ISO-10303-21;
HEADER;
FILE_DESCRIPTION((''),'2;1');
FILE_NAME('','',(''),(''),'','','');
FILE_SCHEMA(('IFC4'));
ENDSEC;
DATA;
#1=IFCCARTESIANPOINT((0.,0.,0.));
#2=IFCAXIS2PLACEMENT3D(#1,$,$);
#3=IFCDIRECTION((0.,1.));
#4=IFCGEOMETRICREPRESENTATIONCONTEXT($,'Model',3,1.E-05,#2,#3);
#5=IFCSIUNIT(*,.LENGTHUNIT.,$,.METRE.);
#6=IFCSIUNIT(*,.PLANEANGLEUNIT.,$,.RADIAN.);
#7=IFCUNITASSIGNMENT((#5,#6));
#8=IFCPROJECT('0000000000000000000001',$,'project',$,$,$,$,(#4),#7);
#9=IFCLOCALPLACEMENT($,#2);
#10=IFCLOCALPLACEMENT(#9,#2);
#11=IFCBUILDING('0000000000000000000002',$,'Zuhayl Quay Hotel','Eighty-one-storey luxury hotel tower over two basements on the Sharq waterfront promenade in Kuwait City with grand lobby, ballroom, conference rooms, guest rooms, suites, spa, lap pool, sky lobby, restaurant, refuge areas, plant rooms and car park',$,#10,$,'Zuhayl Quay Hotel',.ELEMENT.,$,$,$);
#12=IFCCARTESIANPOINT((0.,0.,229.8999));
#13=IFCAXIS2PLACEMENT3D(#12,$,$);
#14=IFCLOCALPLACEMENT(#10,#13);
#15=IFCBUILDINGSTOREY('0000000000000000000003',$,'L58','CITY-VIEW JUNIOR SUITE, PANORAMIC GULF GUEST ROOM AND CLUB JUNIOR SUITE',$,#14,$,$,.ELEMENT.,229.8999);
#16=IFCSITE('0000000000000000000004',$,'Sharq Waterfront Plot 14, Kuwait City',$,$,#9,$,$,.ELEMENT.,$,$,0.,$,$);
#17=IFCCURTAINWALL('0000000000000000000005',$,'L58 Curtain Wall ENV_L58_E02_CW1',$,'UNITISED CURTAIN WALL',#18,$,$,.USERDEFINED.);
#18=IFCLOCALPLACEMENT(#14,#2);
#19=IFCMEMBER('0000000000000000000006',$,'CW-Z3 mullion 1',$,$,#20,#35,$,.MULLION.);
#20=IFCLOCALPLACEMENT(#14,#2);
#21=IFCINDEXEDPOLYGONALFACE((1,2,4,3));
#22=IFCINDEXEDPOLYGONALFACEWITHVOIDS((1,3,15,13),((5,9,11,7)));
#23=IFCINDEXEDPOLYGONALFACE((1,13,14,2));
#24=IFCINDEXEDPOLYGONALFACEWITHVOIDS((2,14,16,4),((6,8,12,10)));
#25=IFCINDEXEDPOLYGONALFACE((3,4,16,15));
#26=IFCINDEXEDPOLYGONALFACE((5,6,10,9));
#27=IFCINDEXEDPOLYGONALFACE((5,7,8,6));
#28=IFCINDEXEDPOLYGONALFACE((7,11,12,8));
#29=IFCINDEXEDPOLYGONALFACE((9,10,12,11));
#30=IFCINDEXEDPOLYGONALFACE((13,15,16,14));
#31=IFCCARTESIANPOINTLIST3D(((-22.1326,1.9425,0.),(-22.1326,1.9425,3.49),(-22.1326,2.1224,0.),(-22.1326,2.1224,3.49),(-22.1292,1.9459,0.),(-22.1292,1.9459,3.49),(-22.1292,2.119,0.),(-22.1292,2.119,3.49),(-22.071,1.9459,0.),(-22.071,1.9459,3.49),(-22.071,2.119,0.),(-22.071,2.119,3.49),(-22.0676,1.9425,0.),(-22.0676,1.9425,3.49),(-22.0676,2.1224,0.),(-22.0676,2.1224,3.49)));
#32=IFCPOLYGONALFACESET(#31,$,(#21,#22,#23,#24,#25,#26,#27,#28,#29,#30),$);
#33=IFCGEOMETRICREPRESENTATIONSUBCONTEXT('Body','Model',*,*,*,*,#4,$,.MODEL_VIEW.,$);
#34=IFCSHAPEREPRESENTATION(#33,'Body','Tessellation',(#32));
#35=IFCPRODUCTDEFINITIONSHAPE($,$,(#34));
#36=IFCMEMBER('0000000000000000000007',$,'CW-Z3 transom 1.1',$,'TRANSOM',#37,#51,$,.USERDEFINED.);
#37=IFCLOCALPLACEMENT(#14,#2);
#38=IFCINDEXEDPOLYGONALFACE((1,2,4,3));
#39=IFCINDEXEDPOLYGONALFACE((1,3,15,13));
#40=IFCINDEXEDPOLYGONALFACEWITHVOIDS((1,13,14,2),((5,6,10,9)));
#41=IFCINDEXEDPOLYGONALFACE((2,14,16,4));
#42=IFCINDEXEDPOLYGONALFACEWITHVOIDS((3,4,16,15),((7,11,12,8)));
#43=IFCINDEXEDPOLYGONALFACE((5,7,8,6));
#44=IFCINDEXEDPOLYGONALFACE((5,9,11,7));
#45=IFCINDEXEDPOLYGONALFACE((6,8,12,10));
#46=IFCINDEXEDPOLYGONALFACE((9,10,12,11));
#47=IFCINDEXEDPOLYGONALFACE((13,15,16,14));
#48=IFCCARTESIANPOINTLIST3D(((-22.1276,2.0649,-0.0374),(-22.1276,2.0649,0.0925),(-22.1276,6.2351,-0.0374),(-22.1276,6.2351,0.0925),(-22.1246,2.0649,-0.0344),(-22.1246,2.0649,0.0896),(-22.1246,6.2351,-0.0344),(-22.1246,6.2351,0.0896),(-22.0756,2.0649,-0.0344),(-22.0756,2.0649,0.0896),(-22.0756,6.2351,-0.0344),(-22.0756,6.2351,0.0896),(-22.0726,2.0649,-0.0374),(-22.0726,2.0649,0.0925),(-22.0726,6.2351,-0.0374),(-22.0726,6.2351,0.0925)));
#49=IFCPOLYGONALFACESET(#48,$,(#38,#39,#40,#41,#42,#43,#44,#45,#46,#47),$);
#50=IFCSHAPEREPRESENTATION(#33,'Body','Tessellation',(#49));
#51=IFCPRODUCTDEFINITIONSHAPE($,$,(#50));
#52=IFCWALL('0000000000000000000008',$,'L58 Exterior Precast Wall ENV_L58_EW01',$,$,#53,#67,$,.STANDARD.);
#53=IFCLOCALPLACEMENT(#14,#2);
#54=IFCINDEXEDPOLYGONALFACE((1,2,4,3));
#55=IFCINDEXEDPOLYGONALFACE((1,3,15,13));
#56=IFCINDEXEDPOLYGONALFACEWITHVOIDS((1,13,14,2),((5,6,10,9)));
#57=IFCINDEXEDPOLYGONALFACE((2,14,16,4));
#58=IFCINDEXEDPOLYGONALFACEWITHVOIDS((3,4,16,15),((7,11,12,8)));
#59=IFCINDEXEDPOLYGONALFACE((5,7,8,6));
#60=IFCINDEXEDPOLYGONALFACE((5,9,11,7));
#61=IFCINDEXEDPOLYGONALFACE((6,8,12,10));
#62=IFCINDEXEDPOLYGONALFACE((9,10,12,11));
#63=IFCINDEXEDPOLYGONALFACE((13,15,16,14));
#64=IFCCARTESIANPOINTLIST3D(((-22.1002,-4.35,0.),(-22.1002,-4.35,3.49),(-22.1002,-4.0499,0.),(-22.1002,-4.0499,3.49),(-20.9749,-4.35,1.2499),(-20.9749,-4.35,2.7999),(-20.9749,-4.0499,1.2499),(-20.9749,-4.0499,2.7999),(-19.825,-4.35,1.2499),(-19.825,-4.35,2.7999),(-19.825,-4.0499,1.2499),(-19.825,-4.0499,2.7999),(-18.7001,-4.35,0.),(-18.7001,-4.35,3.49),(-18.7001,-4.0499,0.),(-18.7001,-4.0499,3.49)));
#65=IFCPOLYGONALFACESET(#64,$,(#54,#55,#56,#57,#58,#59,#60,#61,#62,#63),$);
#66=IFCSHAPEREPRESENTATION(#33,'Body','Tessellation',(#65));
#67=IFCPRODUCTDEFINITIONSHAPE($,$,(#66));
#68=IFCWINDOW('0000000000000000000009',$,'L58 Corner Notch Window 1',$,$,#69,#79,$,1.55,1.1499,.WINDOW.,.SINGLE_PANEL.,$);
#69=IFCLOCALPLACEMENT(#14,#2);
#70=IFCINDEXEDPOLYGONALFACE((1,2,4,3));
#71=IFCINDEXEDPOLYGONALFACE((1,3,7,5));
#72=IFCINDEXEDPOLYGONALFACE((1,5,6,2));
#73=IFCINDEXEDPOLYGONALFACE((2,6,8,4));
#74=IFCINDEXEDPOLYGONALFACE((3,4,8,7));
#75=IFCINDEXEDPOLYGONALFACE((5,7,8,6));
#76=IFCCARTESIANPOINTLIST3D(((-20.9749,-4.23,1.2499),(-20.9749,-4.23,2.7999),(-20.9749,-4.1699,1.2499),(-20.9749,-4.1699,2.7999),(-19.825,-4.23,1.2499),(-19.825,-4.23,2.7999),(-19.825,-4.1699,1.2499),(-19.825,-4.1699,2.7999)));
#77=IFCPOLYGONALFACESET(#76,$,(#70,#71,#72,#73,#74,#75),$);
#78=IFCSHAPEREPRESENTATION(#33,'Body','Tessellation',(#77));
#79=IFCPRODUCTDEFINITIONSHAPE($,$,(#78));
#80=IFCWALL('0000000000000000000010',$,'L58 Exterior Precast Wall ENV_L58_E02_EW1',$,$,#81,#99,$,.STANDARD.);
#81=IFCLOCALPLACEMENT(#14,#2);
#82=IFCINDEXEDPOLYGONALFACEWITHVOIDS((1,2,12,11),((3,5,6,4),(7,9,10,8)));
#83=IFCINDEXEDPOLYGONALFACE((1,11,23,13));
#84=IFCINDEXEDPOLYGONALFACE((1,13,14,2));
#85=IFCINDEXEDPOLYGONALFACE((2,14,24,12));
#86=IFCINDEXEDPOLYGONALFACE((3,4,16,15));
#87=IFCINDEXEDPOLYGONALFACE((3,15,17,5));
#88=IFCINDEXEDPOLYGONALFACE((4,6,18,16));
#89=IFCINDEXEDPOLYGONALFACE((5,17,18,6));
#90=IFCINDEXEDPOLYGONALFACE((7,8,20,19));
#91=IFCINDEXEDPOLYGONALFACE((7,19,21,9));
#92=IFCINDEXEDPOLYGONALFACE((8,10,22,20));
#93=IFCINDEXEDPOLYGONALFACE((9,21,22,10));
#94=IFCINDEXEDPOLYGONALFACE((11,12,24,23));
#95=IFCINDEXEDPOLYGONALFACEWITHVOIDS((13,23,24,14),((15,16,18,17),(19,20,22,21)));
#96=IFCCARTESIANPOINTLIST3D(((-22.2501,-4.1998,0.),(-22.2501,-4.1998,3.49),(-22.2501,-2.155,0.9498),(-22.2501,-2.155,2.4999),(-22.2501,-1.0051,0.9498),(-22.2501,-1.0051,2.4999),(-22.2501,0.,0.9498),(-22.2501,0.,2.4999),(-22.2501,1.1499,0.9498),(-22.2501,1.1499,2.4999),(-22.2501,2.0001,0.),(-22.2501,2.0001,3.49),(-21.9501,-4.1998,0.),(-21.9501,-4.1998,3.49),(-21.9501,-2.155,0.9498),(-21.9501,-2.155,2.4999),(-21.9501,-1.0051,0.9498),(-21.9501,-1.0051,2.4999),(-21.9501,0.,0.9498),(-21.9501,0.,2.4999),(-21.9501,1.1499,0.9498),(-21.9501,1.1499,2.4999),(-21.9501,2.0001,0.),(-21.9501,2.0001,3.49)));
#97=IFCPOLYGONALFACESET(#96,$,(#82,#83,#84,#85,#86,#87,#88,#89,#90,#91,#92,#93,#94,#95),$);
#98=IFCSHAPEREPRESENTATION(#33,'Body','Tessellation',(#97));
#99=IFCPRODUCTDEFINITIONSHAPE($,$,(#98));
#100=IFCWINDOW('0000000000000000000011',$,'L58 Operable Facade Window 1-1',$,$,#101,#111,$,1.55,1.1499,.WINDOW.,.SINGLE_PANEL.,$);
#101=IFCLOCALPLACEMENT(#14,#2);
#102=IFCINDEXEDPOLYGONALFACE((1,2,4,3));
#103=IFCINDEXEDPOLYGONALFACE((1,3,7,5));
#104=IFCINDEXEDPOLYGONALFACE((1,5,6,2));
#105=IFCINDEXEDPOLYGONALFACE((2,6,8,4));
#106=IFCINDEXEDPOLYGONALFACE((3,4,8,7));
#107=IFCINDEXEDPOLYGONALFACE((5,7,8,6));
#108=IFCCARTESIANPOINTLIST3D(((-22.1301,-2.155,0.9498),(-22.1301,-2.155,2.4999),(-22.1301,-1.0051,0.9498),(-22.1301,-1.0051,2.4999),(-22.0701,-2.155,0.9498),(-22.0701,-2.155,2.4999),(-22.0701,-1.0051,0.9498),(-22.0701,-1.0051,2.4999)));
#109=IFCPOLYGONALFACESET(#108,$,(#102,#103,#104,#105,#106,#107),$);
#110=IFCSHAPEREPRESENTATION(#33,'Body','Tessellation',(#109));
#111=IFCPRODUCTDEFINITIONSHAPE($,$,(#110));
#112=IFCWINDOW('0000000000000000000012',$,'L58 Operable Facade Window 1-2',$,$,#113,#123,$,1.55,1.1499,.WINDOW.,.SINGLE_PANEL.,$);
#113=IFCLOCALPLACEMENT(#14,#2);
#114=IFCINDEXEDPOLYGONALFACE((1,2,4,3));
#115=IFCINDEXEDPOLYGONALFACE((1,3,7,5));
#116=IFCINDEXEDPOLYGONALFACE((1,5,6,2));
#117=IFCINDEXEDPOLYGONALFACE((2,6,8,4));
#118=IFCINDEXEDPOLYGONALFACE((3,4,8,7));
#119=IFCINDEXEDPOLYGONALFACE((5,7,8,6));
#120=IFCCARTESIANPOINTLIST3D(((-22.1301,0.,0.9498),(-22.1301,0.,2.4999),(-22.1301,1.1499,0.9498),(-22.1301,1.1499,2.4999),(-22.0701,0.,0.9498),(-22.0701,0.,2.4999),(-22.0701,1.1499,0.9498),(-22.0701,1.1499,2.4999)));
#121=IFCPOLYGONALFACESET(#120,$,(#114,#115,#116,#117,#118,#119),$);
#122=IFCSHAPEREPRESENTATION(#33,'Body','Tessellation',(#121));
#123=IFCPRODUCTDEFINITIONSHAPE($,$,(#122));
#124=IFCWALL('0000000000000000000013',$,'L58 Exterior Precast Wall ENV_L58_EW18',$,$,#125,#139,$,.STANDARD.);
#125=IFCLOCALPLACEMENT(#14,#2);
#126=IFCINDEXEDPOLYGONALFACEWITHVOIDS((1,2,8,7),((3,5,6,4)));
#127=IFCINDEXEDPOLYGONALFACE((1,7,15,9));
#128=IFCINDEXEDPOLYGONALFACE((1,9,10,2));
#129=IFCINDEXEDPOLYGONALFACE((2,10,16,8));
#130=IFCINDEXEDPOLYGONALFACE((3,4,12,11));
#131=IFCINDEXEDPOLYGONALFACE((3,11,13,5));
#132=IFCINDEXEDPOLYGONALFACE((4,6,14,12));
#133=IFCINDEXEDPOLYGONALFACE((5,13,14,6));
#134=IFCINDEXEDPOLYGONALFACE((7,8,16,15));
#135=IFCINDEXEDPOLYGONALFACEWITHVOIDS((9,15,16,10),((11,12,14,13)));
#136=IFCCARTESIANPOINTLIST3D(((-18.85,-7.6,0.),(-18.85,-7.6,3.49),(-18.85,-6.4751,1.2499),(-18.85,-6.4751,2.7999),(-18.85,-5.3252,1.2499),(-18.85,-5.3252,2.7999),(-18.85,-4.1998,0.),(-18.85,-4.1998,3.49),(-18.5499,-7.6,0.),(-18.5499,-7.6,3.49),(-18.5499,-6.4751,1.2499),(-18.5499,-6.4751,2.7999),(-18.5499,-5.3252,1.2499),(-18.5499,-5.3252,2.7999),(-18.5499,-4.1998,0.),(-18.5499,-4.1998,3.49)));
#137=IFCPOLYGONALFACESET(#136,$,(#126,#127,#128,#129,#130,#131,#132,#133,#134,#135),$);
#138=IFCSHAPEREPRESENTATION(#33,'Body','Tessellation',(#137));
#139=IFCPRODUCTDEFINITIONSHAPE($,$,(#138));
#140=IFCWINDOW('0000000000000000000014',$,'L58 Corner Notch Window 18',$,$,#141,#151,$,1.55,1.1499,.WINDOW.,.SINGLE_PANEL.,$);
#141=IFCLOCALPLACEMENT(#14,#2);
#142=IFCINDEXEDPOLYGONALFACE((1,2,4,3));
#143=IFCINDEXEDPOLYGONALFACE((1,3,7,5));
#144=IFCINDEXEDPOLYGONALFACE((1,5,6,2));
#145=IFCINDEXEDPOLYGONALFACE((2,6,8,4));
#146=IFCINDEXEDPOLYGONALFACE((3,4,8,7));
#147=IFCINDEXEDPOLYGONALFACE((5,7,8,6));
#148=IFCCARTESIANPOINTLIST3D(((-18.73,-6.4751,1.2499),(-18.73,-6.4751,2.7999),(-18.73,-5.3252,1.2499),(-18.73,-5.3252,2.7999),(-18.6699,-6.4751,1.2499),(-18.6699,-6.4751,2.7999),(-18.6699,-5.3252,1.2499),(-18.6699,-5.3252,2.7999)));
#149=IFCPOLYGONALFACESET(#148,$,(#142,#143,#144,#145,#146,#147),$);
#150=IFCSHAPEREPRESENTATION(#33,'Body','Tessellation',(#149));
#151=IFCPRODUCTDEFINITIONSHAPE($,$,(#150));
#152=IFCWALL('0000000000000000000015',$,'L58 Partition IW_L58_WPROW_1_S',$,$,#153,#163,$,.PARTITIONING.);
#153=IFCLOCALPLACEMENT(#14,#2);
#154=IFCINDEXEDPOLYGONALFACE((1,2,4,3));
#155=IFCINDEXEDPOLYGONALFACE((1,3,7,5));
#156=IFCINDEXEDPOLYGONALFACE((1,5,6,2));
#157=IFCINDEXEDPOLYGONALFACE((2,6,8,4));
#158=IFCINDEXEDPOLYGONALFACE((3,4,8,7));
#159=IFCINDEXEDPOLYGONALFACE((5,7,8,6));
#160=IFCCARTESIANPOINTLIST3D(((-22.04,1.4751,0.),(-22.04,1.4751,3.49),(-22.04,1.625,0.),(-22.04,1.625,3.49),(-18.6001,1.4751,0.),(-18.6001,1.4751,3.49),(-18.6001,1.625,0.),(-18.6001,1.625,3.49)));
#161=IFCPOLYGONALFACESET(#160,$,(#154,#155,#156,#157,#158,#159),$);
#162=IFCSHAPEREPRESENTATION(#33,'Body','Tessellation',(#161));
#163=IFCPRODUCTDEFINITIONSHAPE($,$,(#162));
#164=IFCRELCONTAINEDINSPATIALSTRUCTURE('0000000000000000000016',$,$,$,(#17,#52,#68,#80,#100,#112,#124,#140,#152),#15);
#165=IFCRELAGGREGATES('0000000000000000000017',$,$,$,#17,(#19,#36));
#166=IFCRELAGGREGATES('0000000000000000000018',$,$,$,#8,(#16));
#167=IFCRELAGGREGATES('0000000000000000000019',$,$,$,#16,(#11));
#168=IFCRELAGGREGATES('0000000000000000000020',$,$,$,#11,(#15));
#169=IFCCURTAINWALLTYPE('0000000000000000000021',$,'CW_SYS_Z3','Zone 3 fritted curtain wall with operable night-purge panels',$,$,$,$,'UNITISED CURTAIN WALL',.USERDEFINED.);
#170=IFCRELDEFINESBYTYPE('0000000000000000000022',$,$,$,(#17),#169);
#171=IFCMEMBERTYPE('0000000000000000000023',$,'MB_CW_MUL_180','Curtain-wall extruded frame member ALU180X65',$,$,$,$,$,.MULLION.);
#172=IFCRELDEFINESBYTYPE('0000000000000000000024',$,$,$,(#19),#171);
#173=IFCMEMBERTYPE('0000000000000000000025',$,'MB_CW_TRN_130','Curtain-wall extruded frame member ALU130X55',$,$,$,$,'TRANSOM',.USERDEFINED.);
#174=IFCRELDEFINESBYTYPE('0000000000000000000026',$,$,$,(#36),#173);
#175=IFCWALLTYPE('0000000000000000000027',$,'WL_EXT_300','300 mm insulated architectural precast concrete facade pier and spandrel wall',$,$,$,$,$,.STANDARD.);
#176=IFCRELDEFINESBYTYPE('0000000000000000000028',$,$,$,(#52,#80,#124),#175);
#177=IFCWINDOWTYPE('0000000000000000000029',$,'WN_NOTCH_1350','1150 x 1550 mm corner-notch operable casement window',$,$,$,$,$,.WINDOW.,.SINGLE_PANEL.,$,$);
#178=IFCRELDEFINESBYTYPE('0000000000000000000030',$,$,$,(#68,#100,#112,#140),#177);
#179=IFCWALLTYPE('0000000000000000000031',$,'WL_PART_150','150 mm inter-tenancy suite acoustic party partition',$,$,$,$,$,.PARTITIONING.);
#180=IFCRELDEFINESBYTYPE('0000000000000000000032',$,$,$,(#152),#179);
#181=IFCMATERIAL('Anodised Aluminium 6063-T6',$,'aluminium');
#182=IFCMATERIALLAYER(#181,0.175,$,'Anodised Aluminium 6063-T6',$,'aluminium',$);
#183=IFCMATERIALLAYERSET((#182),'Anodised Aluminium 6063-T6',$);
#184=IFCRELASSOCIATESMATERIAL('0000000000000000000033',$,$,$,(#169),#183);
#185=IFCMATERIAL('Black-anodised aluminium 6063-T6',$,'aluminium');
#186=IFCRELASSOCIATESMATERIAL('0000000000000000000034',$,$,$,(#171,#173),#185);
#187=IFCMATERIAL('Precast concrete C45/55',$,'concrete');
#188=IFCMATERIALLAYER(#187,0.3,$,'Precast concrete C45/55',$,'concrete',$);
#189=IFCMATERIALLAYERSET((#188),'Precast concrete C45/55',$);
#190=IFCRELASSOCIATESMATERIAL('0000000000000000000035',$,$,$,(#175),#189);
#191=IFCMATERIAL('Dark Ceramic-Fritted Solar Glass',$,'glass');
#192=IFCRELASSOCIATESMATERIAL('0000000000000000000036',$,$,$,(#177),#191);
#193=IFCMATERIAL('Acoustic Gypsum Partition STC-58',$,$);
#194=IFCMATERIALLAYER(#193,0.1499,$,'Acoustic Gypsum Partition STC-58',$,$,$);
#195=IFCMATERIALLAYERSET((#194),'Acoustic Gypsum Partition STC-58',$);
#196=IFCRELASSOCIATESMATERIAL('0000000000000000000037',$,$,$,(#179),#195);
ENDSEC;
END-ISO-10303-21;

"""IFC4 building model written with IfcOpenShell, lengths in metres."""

from ifc_helpers import new_model, si_unit, direction, frame, frame_2d, origin, origin_2d, place, context, subcontext, project, spatial, rectangle, hollow_rectangle, extrude, material, layer, layer_set, material_profile, profile_set, type_object, element, fill, aggregate, save


model = new_model("IFC4")

# Units and contexts
model_context = context("Model", 3, precision=1e-05, world=origin(), true_north=direction((0.0, 1.0)))
body_context = subcontext(model_context, "Body", "Model", "MODEL_VIEW")
ifc_project = project(units=[si_unit("LENGTHUNIT", "METRE"), si_unit("PLANEANGLEUNIT", "RADIAN")], contexts=[model_context])

# Site, building, storey
site_placement = place(None, origin())
site = spatial("IfcSite", under=ifc_project, at=site_placement, Name="Sharq Waterfront Plot 14, Kuwait City", CompositionType="ELEMENT", RefElevation=0.0)
building_placement = place(site_placement, origin())
building = spatial("IfcBuilding", under=site, at=building_placement, Name="Zuhayl Quay Hotel", Description="Eighty-one-storey luxury hotel tower over two basements on the Sharq waterfront promenade in Kuwait City with grand lobby, ballroom, conference rooms, guest rooms, suites, spa, lap pool, sky lobby, restaurant, refuge areas, plant rooms and car park", LongName="Zuhayl Quay Hotel", CompositionType="ELEMENT")
storey_placement = place(building_placement, frame((0.0, 0.0, 229.8999)))
storey = spatial("IfcBuildingStorey", under=building, at=storey_placement, Name="L58", Description="CITY-VIEW JUNIOR SUITE, PANORAMIC GULF GUEST ROOM AND CLUB JUNIOR SUITE", CompositionType="ELEMENT", Elevation=229.8999)

# Curtain wall, members
ifc_material_1 = material(Name="Anodised Aluminium 6063-T6", Category="aluminium")
ifc_layer_1 = layer(ifc_material_1, 0.175, Name="Anodised Aluminium 6063-T6", Category="aluminium")
ifc_layer_set_1 = layer_set([ifc_layer_1], Name="Anodised Aluminium 6063-T6")
curtain_wall_type = type_object("IfcCurtainWallType", Name="CW_SYS_Z3", Description="Zone 3 fritted curtain wall with operable night-purge panels", ElementType="UNITISED CURTAIN WALL", PredefinedType="USERDEFINED", material=ifc_layer_set_1)
curtain_wall_placement = place(storey_placement, origin())
curtain_wall = element("IfcCurtainWall", 1, at=curtain_wall_placement, inside=storey, type_object=curtain_wall_type, Name="L58 Curtain Wall ENV_L58_E02_CW1", ObjectType="UNITISED CURTAIN WALL", PredefinedType="USERDEFINED")
ifc_material_2 = material(Name="Black-anodised aluminium 6063-T6", Category="aluminium")
ifc_material_profile_1 = material_profile(ifc_material_2, hollow_rectangle(XDim=0.0649, YDim=0.1799, WallThickness=0.0034, at=origin_2d()), Name="ALU180X65")
ifc_profile_set_1 = profile_set([ifc_material_profile_1], Name="Black-anodised aluminium 6063-T6")
member_type_1 = type_object("IfcMemberType", Name="MB_CW_MUL_180", Description="Curtain-wall extruded frame member ALU180X65", PredefinedType="MULLION", material=ifc_profile_set_1)
member_1_placement = place(storey_placement, frame((-22.1001, 2.0325, 0.0), z_axis=(0.0, 0.0, 1.0), x_axis=(-1.0, 0.0, 0.0)))
member_1 = element("IfcMember", 2, at=member_1_placement, type_object=member_type_1, Name="CW-Z3 mullion 1", PredefinedType="MULLION", context=body_context, shape_type="SweptSolid", body=[
    extrude(hollow_rectangle(XDim=0.0649, YDim=0.1799, WallThickness=0.0034, at=origin_2d()), origin(), (0.0, 0.0, 1.0), 3.49),
])
ifc_material_profile_2 = material_profile(ifc_material_2, hollow_rectangle(XDim=0.0549, YDim=0.1299, WallThickness=0.0029, at=origin_2d()), Name="ALU130X55")
ifc_profile_set_2 = profile_set([ifc_material_profile_2], Name="Black-anodised aluminium 6063-T6")
member_type_2 = type_object("IfcMemberType", Name="MB_CW_TRN_130", Description="Curtain-wall extruded frame member ALU130X55", ElementType="TRANSOM", PredefinedType="USERDEFINED", material=ifc_profile_set_2)
member_2_placement = place(storey_placement, frame((-22.1001, 2.0649, 0.0276), z_axis=(0.0, 1.0, 0.0), x_axis=(-1.0, 0.0, 0.0)))
member_2 = element("IfcMember", 3, at=member_2_placement, type_object=member_type_2, Name="CW-Z3 transom 1.1", ObjectType="TRANSOM", PredefinedType="USERDEFINED", context=body_context, shape_type="SweptSolid", body=[
    extrude(hollow_rectangle(XDim=0.0549, YDim=0.1299, WallThickness=0.0029, at=origin_2d()), origin(), (0.0, 0.0, 1.0), 4.1702),
])
aggregate(curtain_wall, [member_1, member_2])

# Wall, opening, window
ifc_material_3 = material(Name="Precast concrete C45/55", Category="concrete")
ifc_layer_2 = layer(ifc_material_3, 0.3, Name="Precast concrete C45/55", Category="concrete")
ifc_layer_set_2 = layer_set([ifc_layer_2], Name="Precast concrete C45/55")
wall_type_1 = type_object("IfcWallType", Name="WL_EXT_300", Description="300 mm insulated architectural precast concrete facade pier and spandrel wall", PredefinedType="STANDARD", material=ifc_layer_set_2)
wall_1_placement = place(storey_placement, frame((-18.7, -4.2, 0.0), z_axis=(0.0, 0.0, 1.0), x_axis=(-1.0, 0.0, 0.0)))
wall_1 = element("IfcWall", 4, at=wall_1_placement, inside=storey, type_object=wall_type_1, Name="L58 Exterior Precast Wall ENV_L58_EW01", PredefinedType="STANDARD", context=body_context, shape_type="SweptSolid", body=[
    extrude(rectangle(XDim=3.4001, YDim=0.3, at=frame_2d((1.7002, 0.0))), origin(), (0.0, 0.0, 1.0), 3.49),
])
opening_1_placement = place(wall_1_placement, frame((1.125, 0.0, 1.25)))
opening_1 = element("IfcOpeningElement", 5, at=opening_1_placement, cuts=wall_1, PredefinedType="OPENING", context=body_context, shape_type="SweptSolid", body=[
    extrude(rectangle(XDim=1.1499, YDim=1.55, at=frame_2d((0.575, 0.7749))), frame((0.0, 0.1599, 0.0), z_axis=(0.0, -1.0, 0.0), x_axis=(1.0, 0.0, 0.0)), (0.0, 0.0, 1.0), 0.3201),
])
ifc_material_4 = material(Name="Dark Ceramic-Fritted Solar Glass", Category="glass")
window_type = type_object("IfcWindowType", Name="WN_NOTCH_1350", Description="1150 x 1550 mm corner-notch operable casement window", PartitioningType="SINGLE_PANEL", PredefinedType="WINDOW", material=ifc_material_4)
window_1_placement = place(opening_1_placement, origin())
window_1 = element("IfcWindow", 6, at=window_1_placement, inside=storey, type_object=window_type, Name="L58 Corner Notch Window 1", OverallHeight=1.55, OverallWidth=1.1499, PartitioningType="SINGLE_PANEL", PredefinedType="WINDOW", context=body_context, shape_type="SweptSolid", body=[
    extrude(rectangle(XDim=1.1499, YDim=1.55, at=frame_2d((0.575, 0.7749))), frame((0.0, 0.03, 0.0), z_axis=(0.0, -1.0, 0.0), x_axis=(1.0, 0.0, 0.0)), (0.0, 0.0, 1.0), 0.0601),
])
fill(opening_1, window_1)

# Wall, openings, windows
wall_2_placement = place(storey_placement, frame((-22.1001, -4.2, 0.0), z_axis=(0.0, 0.0, 1.0), x_axis=(0.0, 1.0, 0.0)))
wall_2 = element("IfcWall", 7, at=wall_2_placement, inside=storey, type_object=wall_type_1, Name="L58 Exterior Precast Wall ENV_L58_E02_EW1", PredefinedType="STANDARD", context=body_context, shape_type="SweptSolid", body=[
    extrude(rectangle(XDim=6.2, YDim=0.3, at=frame_2d((3.1001, 0.0))), origin(), (0.0, 0.0, 1.0), 3.49),
])
opening_2_placement = place(wall_2_placement, frame((2.0449, 0.0, 0.95)))
opening_2 = element("IfcOpeningElement", 8, at=opening_2_placement, cuts=wall_2, PredefinedType="OPENING", context=body_context, shape_type="SweptSolid", body=[
    extrude(rectangle(XDim=1.1499, YDim=1.55, at=frame_2d((0.575, 0.7749))), frame((0.0, 0.1599, 0.0), z_axis=(0.0, -1.0, 0.0), x_axis=(1.0, 0.0, 0.0)), (0.0, 0.0, 1.0), 0.3201),
])
opening_3_placement = place(wall_2_placement, frame((4.2, 0.0, 0.95)))
opening_3 = element("IfcOpeningElement", 9, at=opening_3_placement, cuts=wall_2, PredefinedType="OPENING", context=body_context, shape_type="SweptSolid", body=[
    extrude(rectangle(XDim=1.1499, YDim=1.55, at=frame_2d((0.575, 0.7749))), frame((0.0, 0.1599, 0.0), z_axis=(0.0, -1.0, 0.0), x_axis=(1.0, 0.0, 0.0)), (0.0, 0.0, 1.0), 0.3201),
])
window_2_placement = place(opening_2_placement, origin())
window_2 = element("IfcWindow", 10, at=window_2_placement, inside=storey, type_object=window_type, Name="L58 Operable Facade Window 1-1", OverallHeight=1.55, OverallWidth=1.1499, PartitioningType="SINGLE_PANEL", PredefinedType="WINDOW", context=body_context, shape_type="SweptSolid", body=[
    extrude(rectangle(XDim=1.1499, YDim=1.55, at=frame_2d((0.575, 0.7749))), frame((0.0, 0.03, 0.0), z_axis=(0.0, -1.0, 0.0), x_axis=(1.0, 0.0, 0.0)), (0.0, 0.0, 1.0), 0.0601),
])
fill(opening_2, window_2)
window_3_placement = place(opening_3_placement, origin())
window_3 = element("IfcWindow", 11, at=window_3_placement, inside=storey, type_object=window_type, Name="L58 Operable Facade Window 1-2", OverallHeight=1.55, OverallWidth=1.1499, PartitioningType="SINGLE_PANEL", PredefinedType="WINDOW", context=body_context, shape_type="SweptSolid", body=[
    extrude(rectangle(XDim=1.1499, YDim=1.55, at=frame_2d((0.575, 0.7749))), frame((0.0, 0.03, 0.0), z_axis=(0.0, -1.0, 0.0), x_axis=(1.0, 0.0, 0.0)), (0.0, 0.0, 1.0), 0.0601),
])
fill(opening_3, window_3)

# Wall, opening, window
wall_3_placement = place(storey_placement, frame((-18.7, -7.6001, 0.0), z_axis=(0.0, 0.0, 1.0), x_axis=(0.0, 1.0, 0.0)))
wall_3 = element("IfcWall", 12, at=wall_3_placement, inside=storey, type_object=wall_type_1, Name="L58 Exterior Precast Wall ENV_L58_EW18", PredefinedType="STANDARD", context=body_context, shape_type="SweptSolid", body=[
    extrude(rectangle(XDim=3.4001, YDim=0.3, at=frame_2d((1.7002, 0.0))), origin(), (0.0, 0.0, 1.0), 3.49),
])
opening_4_placement = place(wall_3_placement, frame((1.125, 0.0, 1.25)))
opening_4 = element("IfcOpeningElement", 13, at=opening_4_placement, cuts=wall_3, PredefinedType="OPENING", context=body_context, shape_type="SweptSolid", body=[
    extrude(rectangle(XDim=1.1499, YDim=1.55, at=frame_2d((0.575, 0.7749))), frame((0.0, 0.1599, 0.0), z_axis=(0.0, -1.0, 0.0), x_axis=(1.0, 0.0, 0.0)), (0.0, 0.0, 1.0), 0.3201),
])
window_4_placement = place(opening_4_placement, origin())
window_4 = element("IfcWindow", 14, at=window_4_placement, inside=storey, type_object=window_type, Name="L58 Corner Notch Window 18", OverallHeight=1.55, OverallWidth=1.1499, PartitioningType="SINGLE_PANEL", PredefinedType="WINDOW", context=body_context, shape_type="SweptSolid", body=[
    extrude(rectangle(XDim=1.1499, YDim=1.55, at=frame_2d((0.575, 0.7749))), frame((0.0, 0.03, 0.0), z_axis=(0.0, -1.0, 0.0), x_axis=(1.0, 0.0, 0.0)), (0.0, 0.0, 1.0), 0.0601),
])
fill(opening_4, window_4)

# Wall
ifc_material_5 = material(Name="Acoustic Gypsum Partition STC-58")
ifc_layer_3 = layer(ifc_material_5, 0.1499, Name="Acoustic Gypsum Partition STC-58")
ifc_layer_set_3 = layer_set([ifc_layer_3], Name="Acoustic Gypsum Partition STC-58")
wall_type_2 = type_object("IfcWallType", Name="WL_PART_150", Description="150 mm inter-tenancy suite acoustic party partition", PredefinedType="PARTITIONING", material=ifc_layer_set_3)
wall_4_placement = place(storey_placement, frame((-22.04, 1.55, 0.0), z_axis=(0.0, 0.0, 1.0), x_axis=(1.0, 0.0, 0.0)))
element("IfcWall", 15, at=wall_4_placement, inside=storey, type_object=wall_type_2, Name="L58 Partition IW_L58_WPROW_1_S", PredefinedType="PARTITIONING", context=body_context, shape_type="SweptSolid", body=[
    extrude(rectangle(XDim=3.4399, YDim=0.1499, at=frame_2d((1.72, 0.0))), origin(), (0.0, 0.0, 1.0), 3.49),
])

save(model, "model.ifc")
